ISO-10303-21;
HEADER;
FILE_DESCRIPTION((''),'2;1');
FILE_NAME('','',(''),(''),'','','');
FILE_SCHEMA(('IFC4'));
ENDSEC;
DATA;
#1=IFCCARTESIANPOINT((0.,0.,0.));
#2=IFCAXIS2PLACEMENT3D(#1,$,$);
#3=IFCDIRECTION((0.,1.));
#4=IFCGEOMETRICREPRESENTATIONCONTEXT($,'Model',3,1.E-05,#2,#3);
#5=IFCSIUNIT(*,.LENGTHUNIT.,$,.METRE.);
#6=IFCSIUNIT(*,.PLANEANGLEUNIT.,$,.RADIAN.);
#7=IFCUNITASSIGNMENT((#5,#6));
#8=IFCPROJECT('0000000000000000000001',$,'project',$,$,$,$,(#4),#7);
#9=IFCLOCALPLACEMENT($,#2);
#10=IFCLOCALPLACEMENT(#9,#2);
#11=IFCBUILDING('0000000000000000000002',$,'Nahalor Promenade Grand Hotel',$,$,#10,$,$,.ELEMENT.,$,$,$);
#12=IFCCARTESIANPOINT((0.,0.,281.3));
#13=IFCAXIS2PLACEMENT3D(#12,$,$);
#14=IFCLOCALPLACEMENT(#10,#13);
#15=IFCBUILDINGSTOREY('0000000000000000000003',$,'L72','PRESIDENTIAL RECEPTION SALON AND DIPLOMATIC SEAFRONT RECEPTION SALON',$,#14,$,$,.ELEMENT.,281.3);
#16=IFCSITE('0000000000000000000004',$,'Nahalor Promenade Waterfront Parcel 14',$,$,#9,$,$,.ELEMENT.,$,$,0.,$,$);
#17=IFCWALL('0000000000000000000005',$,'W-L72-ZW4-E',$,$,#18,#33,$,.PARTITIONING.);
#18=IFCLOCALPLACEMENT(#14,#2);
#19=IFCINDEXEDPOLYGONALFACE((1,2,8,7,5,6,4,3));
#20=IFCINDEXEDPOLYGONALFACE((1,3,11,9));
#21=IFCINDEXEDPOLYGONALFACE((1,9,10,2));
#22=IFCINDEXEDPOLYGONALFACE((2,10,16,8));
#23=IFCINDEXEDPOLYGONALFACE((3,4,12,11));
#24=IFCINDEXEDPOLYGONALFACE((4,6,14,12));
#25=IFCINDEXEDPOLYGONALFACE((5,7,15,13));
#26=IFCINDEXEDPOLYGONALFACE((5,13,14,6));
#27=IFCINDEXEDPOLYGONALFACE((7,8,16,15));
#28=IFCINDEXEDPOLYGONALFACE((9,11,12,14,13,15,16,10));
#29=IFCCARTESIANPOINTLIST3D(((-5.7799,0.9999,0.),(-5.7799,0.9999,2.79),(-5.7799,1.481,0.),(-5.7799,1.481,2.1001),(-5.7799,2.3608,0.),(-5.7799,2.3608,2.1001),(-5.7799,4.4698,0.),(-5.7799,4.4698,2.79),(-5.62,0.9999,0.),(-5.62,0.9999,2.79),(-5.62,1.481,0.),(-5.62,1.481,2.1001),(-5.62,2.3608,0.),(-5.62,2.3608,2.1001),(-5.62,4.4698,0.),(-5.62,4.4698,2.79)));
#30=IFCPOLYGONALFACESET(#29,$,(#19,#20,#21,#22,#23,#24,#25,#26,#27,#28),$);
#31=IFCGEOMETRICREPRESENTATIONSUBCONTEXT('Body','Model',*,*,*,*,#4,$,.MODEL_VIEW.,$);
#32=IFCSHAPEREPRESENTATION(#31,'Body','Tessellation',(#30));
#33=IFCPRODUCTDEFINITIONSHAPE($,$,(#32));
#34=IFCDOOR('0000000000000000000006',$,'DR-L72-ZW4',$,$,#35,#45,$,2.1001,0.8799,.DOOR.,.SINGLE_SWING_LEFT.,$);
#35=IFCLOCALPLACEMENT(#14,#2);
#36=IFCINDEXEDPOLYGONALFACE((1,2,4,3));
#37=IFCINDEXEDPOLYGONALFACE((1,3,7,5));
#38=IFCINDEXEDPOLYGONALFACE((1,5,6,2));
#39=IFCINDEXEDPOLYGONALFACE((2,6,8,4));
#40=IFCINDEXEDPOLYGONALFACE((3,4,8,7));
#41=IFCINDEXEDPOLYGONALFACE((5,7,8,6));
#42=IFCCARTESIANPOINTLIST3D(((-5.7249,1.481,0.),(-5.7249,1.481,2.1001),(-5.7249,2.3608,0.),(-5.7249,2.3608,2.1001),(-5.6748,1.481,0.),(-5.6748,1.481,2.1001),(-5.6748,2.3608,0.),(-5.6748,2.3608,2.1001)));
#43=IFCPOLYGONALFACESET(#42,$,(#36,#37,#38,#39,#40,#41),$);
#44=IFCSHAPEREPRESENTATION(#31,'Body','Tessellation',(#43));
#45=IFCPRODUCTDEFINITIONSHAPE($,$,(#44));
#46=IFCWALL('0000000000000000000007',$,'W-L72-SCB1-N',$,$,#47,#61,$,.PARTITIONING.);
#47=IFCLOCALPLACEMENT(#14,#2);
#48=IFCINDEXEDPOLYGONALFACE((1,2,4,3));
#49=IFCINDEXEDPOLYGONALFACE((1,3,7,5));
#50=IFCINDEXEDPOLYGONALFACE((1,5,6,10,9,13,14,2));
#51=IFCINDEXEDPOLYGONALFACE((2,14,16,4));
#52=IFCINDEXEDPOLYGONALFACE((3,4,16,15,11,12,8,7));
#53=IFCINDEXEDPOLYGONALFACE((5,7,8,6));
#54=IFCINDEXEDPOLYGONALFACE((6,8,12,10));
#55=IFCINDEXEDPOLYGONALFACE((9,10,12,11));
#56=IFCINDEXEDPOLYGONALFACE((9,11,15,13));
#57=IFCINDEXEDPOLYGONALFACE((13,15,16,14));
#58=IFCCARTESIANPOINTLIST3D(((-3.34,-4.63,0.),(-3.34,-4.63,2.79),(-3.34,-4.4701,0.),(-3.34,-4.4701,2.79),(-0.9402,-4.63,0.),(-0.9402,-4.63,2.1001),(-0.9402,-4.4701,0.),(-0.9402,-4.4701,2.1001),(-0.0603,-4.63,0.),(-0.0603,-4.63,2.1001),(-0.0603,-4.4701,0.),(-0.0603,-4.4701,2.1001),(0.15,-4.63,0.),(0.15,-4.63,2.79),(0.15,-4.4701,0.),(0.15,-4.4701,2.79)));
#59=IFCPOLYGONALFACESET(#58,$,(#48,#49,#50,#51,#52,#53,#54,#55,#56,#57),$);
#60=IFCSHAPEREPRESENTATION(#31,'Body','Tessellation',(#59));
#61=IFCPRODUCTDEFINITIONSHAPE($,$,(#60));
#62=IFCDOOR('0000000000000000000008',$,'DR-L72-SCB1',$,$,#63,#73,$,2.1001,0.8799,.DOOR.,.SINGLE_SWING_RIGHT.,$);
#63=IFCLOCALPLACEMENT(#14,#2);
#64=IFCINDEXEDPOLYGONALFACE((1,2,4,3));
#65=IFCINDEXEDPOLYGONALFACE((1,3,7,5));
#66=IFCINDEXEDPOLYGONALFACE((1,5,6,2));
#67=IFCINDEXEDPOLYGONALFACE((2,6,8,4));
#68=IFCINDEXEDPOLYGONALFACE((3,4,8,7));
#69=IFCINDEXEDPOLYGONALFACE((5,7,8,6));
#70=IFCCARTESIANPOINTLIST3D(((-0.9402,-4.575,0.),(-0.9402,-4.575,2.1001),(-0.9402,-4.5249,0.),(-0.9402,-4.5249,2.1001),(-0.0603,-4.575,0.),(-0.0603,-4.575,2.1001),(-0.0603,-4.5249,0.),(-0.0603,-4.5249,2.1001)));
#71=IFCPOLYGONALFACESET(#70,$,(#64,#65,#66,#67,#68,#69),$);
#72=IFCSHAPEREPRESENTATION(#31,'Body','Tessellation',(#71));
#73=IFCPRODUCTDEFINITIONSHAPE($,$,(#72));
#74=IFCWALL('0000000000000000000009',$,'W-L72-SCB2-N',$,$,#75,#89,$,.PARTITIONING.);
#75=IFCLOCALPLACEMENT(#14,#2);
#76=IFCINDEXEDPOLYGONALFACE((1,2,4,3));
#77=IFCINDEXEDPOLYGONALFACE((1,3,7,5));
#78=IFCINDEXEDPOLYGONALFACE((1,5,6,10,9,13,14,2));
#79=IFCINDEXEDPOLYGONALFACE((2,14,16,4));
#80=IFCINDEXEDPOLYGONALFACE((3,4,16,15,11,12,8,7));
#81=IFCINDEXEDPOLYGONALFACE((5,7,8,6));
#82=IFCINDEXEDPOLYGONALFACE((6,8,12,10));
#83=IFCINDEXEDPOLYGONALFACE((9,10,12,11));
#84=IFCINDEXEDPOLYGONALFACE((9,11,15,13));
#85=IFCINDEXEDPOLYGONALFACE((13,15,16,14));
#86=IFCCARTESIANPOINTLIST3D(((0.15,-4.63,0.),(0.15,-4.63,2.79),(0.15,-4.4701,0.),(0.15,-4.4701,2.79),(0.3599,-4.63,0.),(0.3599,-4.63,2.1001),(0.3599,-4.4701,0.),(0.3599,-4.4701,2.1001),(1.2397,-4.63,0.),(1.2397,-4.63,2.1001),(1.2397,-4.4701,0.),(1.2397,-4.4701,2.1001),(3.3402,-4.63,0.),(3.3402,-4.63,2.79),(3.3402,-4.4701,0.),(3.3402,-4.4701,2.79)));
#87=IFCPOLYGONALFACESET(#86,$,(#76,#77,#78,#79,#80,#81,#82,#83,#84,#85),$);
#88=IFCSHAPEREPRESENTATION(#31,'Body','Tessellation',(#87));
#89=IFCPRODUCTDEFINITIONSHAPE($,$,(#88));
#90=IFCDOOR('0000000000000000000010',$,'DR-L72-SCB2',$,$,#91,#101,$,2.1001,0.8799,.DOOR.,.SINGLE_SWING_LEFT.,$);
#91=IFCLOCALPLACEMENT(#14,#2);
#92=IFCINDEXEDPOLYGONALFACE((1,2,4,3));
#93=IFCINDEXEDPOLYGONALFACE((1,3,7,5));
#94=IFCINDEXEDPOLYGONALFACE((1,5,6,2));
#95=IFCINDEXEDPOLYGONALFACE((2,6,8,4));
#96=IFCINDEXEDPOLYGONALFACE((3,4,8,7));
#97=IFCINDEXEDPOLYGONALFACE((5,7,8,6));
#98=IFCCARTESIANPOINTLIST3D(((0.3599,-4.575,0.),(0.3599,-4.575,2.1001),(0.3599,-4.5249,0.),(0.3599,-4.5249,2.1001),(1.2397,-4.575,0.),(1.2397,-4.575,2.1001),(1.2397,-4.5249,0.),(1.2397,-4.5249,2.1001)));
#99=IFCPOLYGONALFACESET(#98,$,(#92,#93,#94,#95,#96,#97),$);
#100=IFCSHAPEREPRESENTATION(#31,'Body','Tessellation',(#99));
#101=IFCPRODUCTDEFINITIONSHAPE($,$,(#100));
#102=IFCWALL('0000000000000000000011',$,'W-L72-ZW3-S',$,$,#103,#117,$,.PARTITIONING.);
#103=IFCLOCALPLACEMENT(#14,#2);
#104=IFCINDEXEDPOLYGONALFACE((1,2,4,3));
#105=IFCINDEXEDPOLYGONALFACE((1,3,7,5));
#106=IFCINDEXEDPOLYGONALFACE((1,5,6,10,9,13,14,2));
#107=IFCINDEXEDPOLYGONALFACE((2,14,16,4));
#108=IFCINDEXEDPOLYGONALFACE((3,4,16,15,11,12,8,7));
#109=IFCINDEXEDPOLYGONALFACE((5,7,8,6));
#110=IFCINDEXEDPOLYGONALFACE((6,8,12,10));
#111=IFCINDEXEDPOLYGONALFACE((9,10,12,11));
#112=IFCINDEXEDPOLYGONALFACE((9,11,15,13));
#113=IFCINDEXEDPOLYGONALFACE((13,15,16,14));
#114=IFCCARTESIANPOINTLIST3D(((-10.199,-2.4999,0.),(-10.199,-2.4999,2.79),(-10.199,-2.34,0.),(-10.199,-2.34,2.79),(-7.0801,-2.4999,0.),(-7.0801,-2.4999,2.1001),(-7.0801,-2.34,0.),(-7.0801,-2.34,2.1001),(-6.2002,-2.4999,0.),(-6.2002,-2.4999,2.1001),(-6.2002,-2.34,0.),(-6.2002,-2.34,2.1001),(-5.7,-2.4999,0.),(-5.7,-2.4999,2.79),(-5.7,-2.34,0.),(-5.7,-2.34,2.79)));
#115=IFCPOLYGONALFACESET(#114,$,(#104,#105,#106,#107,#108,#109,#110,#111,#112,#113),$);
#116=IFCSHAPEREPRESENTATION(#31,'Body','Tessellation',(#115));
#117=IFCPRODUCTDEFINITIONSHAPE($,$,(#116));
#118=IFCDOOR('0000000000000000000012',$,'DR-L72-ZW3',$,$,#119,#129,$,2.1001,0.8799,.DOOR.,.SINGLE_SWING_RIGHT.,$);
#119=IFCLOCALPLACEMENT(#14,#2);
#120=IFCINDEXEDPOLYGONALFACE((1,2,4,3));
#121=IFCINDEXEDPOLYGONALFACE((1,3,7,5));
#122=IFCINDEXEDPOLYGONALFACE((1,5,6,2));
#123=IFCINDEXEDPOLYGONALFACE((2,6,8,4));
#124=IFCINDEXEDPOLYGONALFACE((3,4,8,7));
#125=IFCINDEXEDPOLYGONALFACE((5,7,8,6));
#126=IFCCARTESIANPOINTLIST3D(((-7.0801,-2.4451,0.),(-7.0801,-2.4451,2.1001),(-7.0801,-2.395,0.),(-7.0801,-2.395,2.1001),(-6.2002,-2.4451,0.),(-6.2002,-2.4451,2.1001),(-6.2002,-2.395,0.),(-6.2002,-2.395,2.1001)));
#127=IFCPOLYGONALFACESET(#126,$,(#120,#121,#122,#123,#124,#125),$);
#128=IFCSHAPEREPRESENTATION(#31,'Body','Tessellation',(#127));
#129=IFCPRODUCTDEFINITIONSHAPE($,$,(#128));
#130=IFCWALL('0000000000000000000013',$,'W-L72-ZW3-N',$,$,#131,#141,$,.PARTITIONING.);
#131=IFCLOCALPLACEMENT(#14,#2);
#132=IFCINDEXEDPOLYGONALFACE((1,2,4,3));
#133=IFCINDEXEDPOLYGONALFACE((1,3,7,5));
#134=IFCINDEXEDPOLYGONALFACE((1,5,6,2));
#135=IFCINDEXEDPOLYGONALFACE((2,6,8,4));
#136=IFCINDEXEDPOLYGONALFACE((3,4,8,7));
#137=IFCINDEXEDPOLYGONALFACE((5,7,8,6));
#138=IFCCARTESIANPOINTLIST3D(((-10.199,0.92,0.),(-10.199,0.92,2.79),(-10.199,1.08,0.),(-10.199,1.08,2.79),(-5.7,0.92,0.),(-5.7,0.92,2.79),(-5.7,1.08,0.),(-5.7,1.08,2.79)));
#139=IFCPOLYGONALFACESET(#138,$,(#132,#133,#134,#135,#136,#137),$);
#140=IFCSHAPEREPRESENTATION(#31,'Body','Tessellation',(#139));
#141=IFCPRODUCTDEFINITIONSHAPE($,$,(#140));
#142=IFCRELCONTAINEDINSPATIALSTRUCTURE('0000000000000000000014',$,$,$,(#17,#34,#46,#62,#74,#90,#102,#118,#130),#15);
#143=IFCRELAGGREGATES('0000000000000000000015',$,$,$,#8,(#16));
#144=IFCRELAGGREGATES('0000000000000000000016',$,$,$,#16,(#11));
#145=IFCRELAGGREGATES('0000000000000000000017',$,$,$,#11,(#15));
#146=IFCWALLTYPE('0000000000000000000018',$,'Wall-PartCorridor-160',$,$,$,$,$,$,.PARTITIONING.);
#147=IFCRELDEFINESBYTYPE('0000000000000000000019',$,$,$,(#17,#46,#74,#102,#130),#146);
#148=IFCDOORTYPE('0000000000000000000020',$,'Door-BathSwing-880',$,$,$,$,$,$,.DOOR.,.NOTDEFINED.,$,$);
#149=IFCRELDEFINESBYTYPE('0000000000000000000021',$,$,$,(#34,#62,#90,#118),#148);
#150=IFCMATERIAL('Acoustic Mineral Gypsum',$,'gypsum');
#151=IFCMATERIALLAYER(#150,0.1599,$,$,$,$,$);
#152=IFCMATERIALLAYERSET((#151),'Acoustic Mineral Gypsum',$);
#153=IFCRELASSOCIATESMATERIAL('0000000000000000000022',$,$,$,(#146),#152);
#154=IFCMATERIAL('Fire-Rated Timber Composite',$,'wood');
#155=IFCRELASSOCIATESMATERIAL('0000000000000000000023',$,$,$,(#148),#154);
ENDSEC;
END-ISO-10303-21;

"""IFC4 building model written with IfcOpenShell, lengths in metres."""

from ifc_helpers import new_model, si_unit, direction, frame, frame_2d, origin, place, context, subcontext, project, spatial, rectangle, extrude, source, transform, mapped, material, layer, layer_set, type_object, element, fill, save


model = new_model("IFC4")

# Units and contexts
model_context = context("Model", 3, precision=1e-05, world=origin(), true_north=direction((0.0, 1.0)))
body_context = subcontext(model_context, "Body", "Model", "MODEL_VIEW")
ifc_project = project(units=[si_unit("LENGTHUNIT", "METRE"), si_unit("PLANEANGLEUNIT", "RADIAN")], contexts=[model_context])

# Site, building, storey
site_placement = place(None, origin())
site = spatial("IfcSite", under=ifc_project, at=site_placement, Name="Nahalor Promenade Waterfront Parcel 14", CompositionType="ELEMENT", RefElevation=0.0)
building_placement = place(site_placement, origin())
building = spatial("IfcBuilding", under=site, at=building_placement, Name="Nahalor Promenade Grand Hotel", CompositionType="ELEMENT")
storey_placement = place(building_placement, frame((0.0, 0.0, 281.3)))
storey = spatial("IfcBuildingStorey", under=building, at=storey_placement, Name="L72", Description="PRESIDENTIAL RECEPTION SALON AND DIPLOMATIC SEAFRONT RECEPTION SALON", CompositionType="ELEMENT", Elevation=281.3)

# Shared definitions
ifc_material_1 = material(Name="Acoustic Mineral Gypsum", Category="gypsum")
ifc_layer_1 = layer(ifc_material_1, 0.1599)
ifc_layer_set_1 = layer_set([ifc_layer_1], Name="Acoustic Mineral Gypsum")
wall_type_1 = type_object("IfcWallType", Name="Wall-PartCorridor-160", PredefinedType="PARTITIONING", material=ifc_layer_set_1)

# Walls, openings, doors
shared_shape_1 = source(origin(), body_context, "Body", "SweptSolid", [
    extrude(rectangle(XDim=3.47, YDim=0.1599, at=frame_2d((1.7349, 0.0))), origin(), (0.0, 0.0, 1.0), 2.79),
])
wall_1_placement = place(storey_placement, frame((-5.7, 1.0, 0.0), z_axis=(0.0, 0.0, 1.0), x_axis=(0.0, 1.0, 0.0)))
wall_1 = element("IfcWall", 1, at=wall_1_placement, inside=storey, type_object=wall_type_1, Name="W-L72-ZW4-E", PredefinedType="PARTITIONING", context=body_context, shape_type="MappedRepresentation", body=[
    mapped(shared_shape_1, transform((0.0, 0.0, 0.0), scale=1.0)),
])
opening_1_placement = place(wall_1_placement, frame((0.481, 0.0, 0.0)))
opening_1 = element("IfcOpeningElement", 2, at=opening_1_placement, cuts=wall_1, PredefinedType="OPENING", context=body_context, shape_type="SweptSolid", body=[
    extrude(rectangle(XDim=0.8799, YDim=2.1001, at=frame_2d((0.4399, 1.05))), frame((0.0, 0.0898, 0.0), z_axis=(0.0, -1.0, 0.0), x_axis=(1.0, 0.0, 0.0)), (0.0, 0.0, 1.0), 0.1799),
])
ifc_material_2 = material(Name="Fire-Rated Timber Composite", Category="wood")
door_type = type_object("IfcDoorType", Name="Door-BathSwing-880", OperationType="NOTDEFINED", PredefinedType="DOOR", material=ifc_material_2)
shared_shape_2 = source(origin(), body_context, "Body", "SweptSolid", [
    extrude(rectangle(XDim=0.8799, YDim=2.1001, at=frame_2d((0.4399, 1.05))), frame((0.0, 0.0249, 0.0), z_axis=(0.0, -1.0, 0.0), x_axis=(1.0, 0.0, 0.0)), (0.0, 0.0, 1.0), 0.05),
])
door_1_placement = place(opening_1_placement, origin())
door_1 = element("IfcDoor", 3, at=door_1_placement, inside=storey, type_object=door_type, Name="DR-L72-ZW4", OperationType="SINGLE_SWING_LEFT", OverallHeight=2.1001, OverallWidth=0.8799, PredefinedType="DOOR", context=body_context, shape_type="MappedRepresentation", body=[
    mapped(shared_shape_2, transform((0.0, 0.0, 0.0), scale=1.0)),
])
fill(opening_1, door_1)
shared_shape_3 = source(origin(), body_context, "Body", "SweptSolid", [
    extrude(rectangle(XDim=3.49, YDim=0.1599, at=frame_2d((1.7451, 0.0))), origin(), (0.0, 0.0, 1.0), 2.79),
])
wall_2_placement = place(storey_placement, frame((-3.3401, -4.55, 0.0), z_axis=(0.0, 0.0, 1.0), x_axis=(1.0, 0.0, 0.0)))
wall_2 = element("IfcWall", 4, at=wall_2_placement, inside=storey, type_object=wall_type_1, Name="W-L72-SCB1-N", PredefinedType="PARTITIONING", context=body_context, shape_type="MappedRepresentation", body=[
    mapped(shared_shape_3, transform((0.0, 0.0, 0.0), scale=1.0)),
])
opening_2_placement = place(wall_2_placement, frame((2.3999, 0.0, 0.0)))
opening_2 = element("IfcOpeningElement", 5, at=opening_2_placement, cuts=wall_2, PredefinedType="OPENING", context=body_context, shape_type="SweptSolid", body=[
    extrude(rectangle(XDim=0.8799, YDim=2.1001, at=frame_2d((0.4399, 1.05))), frame((0.0, 0.0898, 0.0), z_axis=(0.0, -1.0, 0.0), x_axis=(1.0, 0.0, 0.0)), (0.0, 0.0, 1.0), 0.1799),
])
door_2_placement = place(opening_2_placement, frame((0.8799, 0.0, 0.0), z_axis=(0.0, 0.0, 1.0), x_axis=(-1.0, 0.0, 0.0)))
door_2 = element("IfcDoor", 6, at=door_2_placement, inside=storey, type_object=door_type, Name="DR-L72-SCB1", OperationType="SINGLE_SWING_RIGHT", OverallHeight=2.1001, OverallWidth=0.8799, PredefinedType="DOOR", context=body_context, shape_type="MappedRepresentation", body=[
    mapped(shared_shape_2, transform((0.0, 0.0, 0.0), scale=1.0)),
])
fill(opening_2, door_2)
shared_shape_4 = source(origin(), body_context, "Body", "SweptSolid", [
    extrude(rectangle(XDim=3.1902, YDim=0.1599, at=frame_2d((1.5952, 0.0))), origin(), (0.0, 0.0, 1.0), 2.79),
])
wall_3_placement = place(storey_placement, frame((0.1499, -4.55, 0.0), z_axis=(0.0, 0.0, 1.0), x_axis=(1.0, 0.0, 0.0)))
wall_3 = element("IfcWall", 7, at=wall_3_placement, inside=storey, type_object=wall_type_1, Name="W-L72-SCB2-N", PredefinedType="PARTITIONING", context=body_context, shape_type="MappedRepresentation", body=[
    mapped(shared_shape_4, transform((0.0, 0.0, 0.0), scale=1.0)),
])
opening_3_placement = place(wall_3_placement, frame((0.21, 0.0, 0.0)))
opening_3 = element("IfcOpeningElement", 8, at=opening_3_placement, cuts=wall_3, PredefinedType="OPENING", context=body_context, shape_type="SweptSolid", body=[
    extrude(rectangle(XDim=0.8799, YDim=2.1001, at=frame_2d((0.4399, 1.05))), frame((0.0, 0.0898, 0.0), z_axis=(0.0, -1.0, 0.0), x_axis=(1.0, 0.0, 0.0)), (0.0, 0.0, 1.0), 0.1799),
])
door_3_placement = place(opening_3_placement, frame((0.8799, 0.0, 0.0), z_axis=(0.0, 0.0, 1.0), x_axis=(-1.0, 0.0, 0.0)))
door_3 = element("IfcDoor", 9, at=door_3_placement, inside=storey, type_object=door_type, Name="DR-L72-SCB2", OperationType="SINGLE_SWING_LEFT", OverallHeight=2.1001, OverallWidth=0.8799, PredefinedType="DOOR", context=body_context, shape_type="MappedRepresentation", body=[
    mapped(shared_shape_2, transform((0.0, 0.0, 0.0), scale=1.0)),
])
fill(opening_3, door_3)
shared_shape_5 = source(origin(), body_context, "Body", "SweptSolid", [
    extrude(rectangle(XDim=4.499, YDim=0.1599, at=frame_2d((2.2495, 0.0))), origin(), (0.0, 0.0, 1.0), 2.79),
])
wall_4_placement = place(storey_placement, frame((-10.199, -2.4199, 0.0), z_axis=(0.0, 0.0, 1.0), x_axis=(1.0, 0.0, 0.0)))
wall_4 = element("IfcWall", 10, at=wall_4_placement, inside=storey, type_object=wall_type_1, Name="W-L72-ZW3-S", PredefinedType="PARTITIONING", context=body_context, shape_type="MappedRepresentation", body=[
    mapped(shared_shape_5, transform((0.0, 0.0, 0.0), scale=1.0)),
])
opening_4_placement = place(wall_4_placement, frame((3.1189, 0.0, 0.0)))
opening_4 = element("IfcOpeningElement", 11, at=opening_4_placement, cuts=wall_4, PredefinedType="OPENING", context=body_context, shape_type="SweptSolid", body=[
    extrude(rectangle(XDim=0.8799, YDim=2.1001, at=frame_2d((0.4399, 1.05))), frame((0.0, 0.0898, 0.0), z_axis=(0.0, -1.0, 0.0), x_axis=(1.0, 0.0, 0.0)), (0.0, 0.0, 1.0), 0.1799),
])
door_4_placement = place(opening_4_placement, origin())
door_4 = element("IfcDoor", 12, at=door_4_placement, inside=storey, type_object=door_type, Name="DR-L72-ZW3", OperationType="SINGLE_SWING_RIGHT", OverallHeight=2.1001, OverallWidth=0.8799, PredefinedType="DOOR", context=body_context, shape_type="MappedRepresentation", body=[
    mapped(shared_shape_2, transform((0.0, 0.0, 0.0), scale=1.0)),
])
fill(opening_4, door_4)

# Wall
wall_5_placement = place(storey_placement, frame((-10.199, 1.0, 0.0), z_axis=(0.0, 0.0, 1.0), x_axis=(1.0, 0.0, 0.0)))
element("IfcWall", 13, at=wall_5_placement, inside=storey, type_object=wall_type_1, Name="W-L72-ZW3-N", PredefinedType="PARTITIONING", context=body_context, shape_type="MappedRepresentation", body=[
    mapped(shared_shape_5, transform((0.0, 0.0, 0.0), scale=1.0)),
])

save(model, "model.ifc")
